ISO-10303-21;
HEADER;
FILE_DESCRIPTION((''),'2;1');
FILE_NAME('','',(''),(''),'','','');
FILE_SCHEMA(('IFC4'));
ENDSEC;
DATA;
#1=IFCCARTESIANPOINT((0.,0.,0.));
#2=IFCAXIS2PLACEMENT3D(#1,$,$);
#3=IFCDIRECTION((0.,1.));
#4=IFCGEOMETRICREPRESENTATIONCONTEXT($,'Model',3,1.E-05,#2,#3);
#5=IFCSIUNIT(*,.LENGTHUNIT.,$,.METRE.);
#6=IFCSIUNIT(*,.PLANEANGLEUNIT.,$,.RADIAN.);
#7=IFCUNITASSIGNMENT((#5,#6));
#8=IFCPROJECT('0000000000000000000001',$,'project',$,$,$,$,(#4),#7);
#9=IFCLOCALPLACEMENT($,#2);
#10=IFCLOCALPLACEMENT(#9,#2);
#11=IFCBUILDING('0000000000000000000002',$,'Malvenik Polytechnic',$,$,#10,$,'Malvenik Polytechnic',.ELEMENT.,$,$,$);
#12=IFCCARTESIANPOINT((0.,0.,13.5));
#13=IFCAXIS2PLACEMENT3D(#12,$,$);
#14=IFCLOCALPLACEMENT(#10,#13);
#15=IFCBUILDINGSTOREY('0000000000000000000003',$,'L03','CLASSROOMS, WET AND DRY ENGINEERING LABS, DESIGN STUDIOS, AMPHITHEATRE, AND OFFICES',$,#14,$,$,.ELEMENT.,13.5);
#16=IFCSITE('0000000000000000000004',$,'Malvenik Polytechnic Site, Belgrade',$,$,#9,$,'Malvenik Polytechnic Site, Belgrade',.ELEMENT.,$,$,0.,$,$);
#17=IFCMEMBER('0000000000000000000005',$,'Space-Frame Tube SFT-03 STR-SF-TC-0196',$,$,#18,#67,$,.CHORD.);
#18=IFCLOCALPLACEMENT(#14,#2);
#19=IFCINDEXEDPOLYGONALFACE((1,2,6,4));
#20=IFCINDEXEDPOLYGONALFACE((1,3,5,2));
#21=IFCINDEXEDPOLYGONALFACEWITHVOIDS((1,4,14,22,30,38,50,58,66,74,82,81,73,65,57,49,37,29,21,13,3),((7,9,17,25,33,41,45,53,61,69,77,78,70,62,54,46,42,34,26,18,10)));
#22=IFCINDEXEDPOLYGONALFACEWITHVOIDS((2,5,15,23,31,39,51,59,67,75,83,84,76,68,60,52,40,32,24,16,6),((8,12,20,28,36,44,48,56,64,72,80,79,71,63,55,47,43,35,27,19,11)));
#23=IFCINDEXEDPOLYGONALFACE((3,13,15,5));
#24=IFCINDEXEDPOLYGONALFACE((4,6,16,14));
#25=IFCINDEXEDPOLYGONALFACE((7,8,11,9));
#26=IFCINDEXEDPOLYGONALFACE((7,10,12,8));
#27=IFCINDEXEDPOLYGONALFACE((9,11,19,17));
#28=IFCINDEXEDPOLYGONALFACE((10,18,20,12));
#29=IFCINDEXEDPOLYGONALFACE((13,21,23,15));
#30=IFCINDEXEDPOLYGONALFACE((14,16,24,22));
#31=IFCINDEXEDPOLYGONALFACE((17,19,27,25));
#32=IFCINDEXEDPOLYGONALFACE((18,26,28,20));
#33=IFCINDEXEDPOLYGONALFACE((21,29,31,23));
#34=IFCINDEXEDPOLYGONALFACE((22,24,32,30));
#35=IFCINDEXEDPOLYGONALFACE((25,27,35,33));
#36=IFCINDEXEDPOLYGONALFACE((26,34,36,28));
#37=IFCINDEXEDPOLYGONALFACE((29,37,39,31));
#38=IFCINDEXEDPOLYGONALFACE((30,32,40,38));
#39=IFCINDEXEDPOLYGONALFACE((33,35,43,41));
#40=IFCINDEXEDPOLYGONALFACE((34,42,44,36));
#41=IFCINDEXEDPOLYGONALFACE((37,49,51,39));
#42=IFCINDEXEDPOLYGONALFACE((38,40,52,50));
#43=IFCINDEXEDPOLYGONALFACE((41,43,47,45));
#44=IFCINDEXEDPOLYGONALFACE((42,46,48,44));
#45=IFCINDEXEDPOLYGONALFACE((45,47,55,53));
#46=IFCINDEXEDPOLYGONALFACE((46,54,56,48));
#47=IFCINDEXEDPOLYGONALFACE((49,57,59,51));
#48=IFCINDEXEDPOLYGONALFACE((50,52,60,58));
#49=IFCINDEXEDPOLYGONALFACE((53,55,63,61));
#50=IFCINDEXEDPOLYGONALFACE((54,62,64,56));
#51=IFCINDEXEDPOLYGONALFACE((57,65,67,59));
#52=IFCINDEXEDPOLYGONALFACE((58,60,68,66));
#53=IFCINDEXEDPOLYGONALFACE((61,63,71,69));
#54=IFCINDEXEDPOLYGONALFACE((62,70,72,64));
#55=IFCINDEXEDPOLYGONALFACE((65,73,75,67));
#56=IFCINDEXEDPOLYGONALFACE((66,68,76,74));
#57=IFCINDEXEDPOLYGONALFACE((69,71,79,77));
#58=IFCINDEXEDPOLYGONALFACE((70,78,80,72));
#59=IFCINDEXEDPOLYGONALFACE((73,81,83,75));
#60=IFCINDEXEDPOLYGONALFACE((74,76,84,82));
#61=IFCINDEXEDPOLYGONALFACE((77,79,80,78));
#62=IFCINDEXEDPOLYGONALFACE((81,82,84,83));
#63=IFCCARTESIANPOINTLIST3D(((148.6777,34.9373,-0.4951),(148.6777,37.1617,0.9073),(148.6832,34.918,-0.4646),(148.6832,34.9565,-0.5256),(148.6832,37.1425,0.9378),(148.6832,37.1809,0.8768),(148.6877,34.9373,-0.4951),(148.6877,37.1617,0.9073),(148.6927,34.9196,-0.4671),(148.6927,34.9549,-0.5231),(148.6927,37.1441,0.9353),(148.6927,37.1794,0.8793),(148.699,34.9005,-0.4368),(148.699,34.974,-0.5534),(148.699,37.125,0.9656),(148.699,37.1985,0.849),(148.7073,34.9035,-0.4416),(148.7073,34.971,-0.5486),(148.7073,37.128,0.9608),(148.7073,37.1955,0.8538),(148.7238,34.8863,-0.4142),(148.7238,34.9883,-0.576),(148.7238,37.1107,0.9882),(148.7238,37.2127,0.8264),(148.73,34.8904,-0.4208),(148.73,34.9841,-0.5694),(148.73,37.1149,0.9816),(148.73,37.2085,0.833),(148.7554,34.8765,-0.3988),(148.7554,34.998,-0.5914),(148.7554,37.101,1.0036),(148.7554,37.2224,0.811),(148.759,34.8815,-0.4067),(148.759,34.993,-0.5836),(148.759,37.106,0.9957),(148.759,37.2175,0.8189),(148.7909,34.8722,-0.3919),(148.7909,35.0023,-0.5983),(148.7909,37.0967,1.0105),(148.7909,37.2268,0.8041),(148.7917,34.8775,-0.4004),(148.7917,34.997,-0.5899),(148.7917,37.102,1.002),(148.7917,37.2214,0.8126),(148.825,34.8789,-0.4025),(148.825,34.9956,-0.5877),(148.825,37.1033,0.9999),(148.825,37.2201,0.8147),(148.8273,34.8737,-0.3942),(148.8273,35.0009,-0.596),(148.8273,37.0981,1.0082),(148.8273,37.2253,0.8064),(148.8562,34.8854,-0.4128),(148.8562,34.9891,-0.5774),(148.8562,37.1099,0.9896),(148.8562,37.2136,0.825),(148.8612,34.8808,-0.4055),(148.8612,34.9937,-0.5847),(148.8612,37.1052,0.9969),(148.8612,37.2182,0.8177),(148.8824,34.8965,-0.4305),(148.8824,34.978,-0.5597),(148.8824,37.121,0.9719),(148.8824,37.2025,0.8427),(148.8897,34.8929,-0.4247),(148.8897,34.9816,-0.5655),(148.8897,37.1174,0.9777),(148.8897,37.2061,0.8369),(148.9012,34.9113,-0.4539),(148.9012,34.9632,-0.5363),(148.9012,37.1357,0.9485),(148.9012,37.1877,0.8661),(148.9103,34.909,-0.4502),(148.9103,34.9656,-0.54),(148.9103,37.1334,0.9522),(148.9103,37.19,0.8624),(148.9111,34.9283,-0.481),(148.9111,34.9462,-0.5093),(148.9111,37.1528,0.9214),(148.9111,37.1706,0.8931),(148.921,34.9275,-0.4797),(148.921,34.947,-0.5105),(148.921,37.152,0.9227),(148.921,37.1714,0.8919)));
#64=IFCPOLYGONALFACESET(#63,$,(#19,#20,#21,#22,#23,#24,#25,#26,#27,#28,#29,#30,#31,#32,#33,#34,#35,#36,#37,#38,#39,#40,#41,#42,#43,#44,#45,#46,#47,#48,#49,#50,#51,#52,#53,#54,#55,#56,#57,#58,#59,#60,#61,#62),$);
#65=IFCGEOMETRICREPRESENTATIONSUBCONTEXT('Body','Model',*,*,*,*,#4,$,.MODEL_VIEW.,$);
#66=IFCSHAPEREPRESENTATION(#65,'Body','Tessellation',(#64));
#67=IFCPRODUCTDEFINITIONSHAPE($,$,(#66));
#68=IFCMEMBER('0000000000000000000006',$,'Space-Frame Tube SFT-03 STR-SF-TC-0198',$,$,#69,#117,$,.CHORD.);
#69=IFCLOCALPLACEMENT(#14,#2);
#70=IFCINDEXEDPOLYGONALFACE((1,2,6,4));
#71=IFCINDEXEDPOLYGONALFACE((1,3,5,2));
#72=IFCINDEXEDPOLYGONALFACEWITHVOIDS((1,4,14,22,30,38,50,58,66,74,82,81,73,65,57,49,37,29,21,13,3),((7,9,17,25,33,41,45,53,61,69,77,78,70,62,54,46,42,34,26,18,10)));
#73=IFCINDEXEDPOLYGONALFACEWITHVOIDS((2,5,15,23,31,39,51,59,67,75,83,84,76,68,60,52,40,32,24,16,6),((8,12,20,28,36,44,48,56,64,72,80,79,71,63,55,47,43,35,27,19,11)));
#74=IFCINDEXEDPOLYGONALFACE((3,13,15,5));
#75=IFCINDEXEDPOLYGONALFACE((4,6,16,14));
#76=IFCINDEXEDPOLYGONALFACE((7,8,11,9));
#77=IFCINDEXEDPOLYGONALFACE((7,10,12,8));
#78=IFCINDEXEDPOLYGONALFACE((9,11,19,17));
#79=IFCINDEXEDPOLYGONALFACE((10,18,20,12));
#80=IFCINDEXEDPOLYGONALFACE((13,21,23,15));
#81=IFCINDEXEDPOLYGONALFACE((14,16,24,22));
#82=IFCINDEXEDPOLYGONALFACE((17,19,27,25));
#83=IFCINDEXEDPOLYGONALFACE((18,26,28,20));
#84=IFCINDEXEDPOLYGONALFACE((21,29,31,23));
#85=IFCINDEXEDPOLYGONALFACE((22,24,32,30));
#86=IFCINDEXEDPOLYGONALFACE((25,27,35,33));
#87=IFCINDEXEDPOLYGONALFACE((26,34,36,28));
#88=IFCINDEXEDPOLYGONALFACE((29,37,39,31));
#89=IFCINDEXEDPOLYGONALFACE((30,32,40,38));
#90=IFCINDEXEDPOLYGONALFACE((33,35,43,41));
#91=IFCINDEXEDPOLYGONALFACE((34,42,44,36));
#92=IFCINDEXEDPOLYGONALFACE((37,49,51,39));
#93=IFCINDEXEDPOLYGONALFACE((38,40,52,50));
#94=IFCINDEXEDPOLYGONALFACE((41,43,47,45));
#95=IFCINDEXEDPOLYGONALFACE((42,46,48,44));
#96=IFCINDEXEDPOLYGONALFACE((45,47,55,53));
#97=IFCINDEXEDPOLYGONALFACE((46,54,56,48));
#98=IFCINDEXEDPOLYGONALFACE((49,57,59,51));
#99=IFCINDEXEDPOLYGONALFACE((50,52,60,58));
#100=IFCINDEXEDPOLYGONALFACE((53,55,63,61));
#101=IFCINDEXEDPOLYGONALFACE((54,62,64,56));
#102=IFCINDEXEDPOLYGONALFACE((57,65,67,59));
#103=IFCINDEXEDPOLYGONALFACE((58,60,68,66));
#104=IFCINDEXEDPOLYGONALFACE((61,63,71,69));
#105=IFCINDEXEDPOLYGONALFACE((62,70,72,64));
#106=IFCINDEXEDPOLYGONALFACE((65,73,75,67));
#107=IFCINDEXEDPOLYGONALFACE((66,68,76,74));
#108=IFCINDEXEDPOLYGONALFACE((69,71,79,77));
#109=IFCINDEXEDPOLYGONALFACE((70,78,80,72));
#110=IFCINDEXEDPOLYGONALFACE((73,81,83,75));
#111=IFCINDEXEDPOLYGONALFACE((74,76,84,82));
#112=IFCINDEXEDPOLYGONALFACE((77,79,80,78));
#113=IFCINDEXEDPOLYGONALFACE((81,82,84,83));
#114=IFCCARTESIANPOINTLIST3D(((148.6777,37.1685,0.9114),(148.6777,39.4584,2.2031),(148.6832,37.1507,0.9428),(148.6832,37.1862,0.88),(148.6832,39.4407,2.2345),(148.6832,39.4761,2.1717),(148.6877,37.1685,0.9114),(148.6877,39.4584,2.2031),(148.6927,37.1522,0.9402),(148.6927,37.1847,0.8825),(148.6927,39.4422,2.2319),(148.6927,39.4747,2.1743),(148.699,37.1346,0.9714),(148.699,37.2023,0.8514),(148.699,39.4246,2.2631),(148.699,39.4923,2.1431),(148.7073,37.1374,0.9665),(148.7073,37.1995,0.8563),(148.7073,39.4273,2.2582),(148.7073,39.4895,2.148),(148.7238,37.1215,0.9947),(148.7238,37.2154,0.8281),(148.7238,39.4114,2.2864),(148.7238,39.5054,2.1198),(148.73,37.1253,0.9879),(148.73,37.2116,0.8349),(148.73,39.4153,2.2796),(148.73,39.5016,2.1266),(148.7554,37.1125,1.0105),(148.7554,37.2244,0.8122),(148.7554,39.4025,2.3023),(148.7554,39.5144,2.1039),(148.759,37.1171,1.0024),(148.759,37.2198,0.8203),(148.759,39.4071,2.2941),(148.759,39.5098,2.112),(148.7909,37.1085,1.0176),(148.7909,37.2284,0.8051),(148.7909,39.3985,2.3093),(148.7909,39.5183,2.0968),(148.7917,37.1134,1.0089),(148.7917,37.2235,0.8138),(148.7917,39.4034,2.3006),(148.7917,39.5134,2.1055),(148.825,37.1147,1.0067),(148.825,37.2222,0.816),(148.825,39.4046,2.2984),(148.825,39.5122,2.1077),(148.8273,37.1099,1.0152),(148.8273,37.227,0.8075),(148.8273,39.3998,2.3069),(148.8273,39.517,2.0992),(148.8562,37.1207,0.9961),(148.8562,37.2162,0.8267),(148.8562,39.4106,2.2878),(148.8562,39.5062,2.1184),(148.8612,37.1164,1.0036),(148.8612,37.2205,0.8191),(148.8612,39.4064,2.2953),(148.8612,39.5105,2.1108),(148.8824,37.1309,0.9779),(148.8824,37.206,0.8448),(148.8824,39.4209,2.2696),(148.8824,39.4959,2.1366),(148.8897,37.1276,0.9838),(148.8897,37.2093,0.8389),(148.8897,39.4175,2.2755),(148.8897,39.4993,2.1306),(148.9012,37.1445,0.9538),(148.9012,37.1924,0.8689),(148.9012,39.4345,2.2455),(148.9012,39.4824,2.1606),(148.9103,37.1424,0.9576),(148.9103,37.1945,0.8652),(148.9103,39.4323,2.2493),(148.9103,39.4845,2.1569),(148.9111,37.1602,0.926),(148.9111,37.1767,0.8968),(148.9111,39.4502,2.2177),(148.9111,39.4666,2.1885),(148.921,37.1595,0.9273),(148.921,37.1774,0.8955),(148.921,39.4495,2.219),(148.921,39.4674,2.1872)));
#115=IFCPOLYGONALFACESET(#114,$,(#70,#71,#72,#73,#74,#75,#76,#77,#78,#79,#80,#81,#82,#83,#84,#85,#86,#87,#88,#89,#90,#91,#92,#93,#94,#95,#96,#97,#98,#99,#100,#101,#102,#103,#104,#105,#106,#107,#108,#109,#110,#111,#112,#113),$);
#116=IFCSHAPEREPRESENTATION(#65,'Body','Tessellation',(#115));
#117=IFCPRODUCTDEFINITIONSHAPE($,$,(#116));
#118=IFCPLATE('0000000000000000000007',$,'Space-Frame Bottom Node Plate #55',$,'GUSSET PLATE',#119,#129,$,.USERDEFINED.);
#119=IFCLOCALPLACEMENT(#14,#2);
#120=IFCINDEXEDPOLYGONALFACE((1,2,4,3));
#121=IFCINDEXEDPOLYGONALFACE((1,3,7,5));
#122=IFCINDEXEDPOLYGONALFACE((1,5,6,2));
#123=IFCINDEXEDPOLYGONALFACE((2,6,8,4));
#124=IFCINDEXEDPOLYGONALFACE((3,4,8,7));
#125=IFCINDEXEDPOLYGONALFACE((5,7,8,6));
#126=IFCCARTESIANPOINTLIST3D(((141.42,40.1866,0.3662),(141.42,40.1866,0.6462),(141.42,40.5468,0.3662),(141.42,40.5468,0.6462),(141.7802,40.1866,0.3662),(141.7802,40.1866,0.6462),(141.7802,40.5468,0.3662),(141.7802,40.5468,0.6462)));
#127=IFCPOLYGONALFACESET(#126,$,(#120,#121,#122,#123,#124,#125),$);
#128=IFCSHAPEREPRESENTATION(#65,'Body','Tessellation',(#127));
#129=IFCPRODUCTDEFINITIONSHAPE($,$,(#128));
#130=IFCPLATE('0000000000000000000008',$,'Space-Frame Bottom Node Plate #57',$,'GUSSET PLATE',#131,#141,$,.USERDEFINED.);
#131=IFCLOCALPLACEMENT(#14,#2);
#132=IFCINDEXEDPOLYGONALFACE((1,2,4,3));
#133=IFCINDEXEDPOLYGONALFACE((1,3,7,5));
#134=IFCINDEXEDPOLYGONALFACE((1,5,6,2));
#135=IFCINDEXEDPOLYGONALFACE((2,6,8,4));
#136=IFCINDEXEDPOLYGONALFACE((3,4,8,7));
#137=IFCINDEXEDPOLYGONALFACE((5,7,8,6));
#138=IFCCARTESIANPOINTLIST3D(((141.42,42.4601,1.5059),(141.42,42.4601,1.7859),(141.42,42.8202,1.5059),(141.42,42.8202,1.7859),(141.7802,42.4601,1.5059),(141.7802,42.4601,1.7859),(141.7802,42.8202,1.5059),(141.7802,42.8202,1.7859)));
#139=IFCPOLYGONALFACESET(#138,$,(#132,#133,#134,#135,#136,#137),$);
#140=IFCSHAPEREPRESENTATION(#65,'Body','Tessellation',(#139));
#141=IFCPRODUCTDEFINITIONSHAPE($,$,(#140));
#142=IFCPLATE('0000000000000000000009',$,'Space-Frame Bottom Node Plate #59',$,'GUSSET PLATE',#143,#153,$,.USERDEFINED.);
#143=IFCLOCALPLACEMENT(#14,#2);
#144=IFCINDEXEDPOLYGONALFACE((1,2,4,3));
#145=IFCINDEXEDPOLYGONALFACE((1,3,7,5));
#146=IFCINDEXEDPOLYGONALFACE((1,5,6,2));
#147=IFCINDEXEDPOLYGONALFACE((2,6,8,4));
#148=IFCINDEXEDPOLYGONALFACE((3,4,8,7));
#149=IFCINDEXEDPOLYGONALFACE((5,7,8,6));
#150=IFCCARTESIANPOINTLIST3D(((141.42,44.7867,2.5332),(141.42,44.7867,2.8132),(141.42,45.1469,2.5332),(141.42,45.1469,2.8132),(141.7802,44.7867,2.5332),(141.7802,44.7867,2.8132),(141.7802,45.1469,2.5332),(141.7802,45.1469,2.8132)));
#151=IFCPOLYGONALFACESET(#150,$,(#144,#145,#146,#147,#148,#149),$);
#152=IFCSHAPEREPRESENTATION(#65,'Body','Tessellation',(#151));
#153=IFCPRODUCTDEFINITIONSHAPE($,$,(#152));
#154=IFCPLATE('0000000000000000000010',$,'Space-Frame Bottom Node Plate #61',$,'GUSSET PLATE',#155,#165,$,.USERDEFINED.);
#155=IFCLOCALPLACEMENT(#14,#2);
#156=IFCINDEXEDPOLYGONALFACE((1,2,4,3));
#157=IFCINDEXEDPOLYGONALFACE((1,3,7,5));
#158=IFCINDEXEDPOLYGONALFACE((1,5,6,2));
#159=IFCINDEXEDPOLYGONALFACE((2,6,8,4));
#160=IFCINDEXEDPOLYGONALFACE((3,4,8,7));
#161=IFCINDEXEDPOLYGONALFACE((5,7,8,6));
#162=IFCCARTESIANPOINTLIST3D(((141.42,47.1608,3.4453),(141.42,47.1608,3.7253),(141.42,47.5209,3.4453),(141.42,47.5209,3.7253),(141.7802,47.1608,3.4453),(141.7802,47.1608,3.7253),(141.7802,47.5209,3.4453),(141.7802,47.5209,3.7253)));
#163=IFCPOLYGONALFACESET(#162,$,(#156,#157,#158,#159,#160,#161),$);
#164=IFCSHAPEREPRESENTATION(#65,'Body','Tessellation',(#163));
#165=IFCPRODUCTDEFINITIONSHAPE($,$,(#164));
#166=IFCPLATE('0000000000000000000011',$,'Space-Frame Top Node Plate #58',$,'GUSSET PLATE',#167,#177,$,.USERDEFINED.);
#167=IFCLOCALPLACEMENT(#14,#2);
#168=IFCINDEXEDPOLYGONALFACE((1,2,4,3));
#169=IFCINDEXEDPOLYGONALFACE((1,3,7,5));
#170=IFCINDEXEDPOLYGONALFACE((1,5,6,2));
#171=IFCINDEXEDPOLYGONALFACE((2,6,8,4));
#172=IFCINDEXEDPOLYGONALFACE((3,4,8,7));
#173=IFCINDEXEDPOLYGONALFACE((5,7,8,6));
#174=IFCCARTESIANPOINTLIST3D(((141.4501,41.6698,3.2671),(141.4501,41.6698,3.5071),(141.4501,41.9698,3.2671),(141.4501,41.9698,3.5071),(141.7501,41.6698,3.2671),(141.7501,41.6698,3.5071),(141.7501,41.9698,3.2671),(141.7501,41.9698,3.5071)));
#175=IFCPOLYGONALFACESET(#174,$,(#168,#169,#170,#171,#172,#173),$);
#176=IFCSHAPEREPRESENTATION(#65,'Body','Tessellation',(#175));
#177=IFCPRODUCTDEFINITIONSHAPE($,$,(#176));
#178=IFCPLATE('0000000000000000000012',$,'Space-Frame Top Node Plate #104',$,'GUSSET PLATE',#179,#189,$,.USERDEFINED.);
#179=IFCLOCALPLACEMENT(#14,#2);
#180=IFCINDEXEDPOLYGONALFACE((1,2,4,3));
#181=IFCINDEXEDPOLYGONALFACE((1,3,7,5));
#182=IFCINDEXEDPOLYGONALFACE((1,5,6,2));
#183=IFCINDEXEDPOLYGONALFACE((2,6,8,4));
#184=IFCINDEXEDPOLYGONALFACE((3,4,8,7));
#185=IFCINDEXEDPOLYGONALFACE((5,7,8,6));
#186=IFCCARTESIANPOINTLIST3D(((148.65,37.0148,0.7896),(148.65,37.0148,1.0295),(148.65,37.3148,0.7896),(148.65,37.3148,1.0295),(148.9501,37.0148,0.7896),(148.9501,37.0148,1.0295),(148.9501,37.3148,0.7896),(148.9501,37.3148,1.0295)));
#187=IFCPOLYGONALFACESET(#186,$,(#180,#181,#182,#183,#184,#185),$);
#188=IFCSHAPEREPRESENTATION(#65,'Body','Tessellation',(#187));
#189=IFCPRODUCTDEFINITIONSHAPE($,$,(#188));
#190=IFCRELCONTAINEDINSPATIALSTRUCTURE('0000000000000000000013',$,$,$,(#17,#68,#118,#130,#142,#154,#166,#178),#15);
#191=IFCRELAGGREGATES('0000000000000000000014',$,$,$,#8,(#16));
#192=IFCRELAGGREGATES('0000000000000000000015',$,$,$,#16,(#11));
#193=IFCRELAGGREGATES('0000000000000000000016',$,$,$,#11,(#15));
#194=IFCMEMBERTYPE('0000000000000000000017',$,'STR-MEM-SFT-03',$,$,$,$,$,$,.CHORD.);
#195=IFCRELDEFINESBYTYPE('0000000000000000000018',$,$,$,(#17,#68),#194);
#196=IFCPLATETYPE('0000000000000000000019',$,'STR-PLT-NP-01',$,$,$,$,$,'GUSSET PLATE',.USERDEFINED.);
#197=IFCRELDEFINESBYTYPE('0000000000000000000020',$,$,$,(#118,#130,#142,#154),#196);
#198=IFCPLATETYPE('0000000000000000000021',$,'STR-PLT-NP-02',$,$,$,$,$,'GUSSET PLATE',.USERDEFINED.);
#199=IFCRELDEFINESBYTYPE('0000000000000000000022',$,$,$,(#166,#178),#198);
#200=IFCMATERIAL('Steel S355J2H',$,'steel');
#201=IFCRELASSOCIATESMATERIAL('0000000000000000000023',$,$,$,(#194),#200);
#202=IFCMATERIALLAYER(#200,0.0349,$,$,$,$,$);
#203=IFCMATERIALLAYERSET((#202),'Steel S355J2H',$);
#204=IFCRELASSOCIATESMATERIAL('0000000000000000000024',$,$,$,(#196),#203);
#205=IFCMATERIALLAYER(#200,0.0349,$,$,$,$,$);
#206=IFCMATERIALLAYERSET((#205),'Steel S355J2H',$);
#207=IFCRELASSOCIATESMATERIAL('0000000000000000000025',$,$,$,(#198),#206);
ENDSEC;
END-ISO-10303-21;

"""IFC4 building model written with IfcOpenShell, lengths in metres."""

from ifc_helpers import new_model, si_unit, direction, frame, origin, origin_2d, place, context, subcontext, project, spatial, rectangle, hollow_circle, extrude, material, layer, layer_set, material_profile, profile_set, type_object, element, save


model = new_model("IFC4")

# Units and contexts
model_context = context("Model", 3, precision=1e-05, world=origin(), true_north=direction((0.0, 1.0)))
body_context = subcontext(model_context, "Body", "Model", "MODEL_VIEW")
ifc_project = project(units=[si_unit("LENGTHUNIT", "METRE"), si_unit("PLANEANGLEUNIT", "RADIAN")], contexts=[model_context])

# Site, building, storey
site_placement = place(None, origin())
site = spatial("IfcSite", under=ifc_project, at=site_placement, Name="Malvenik Polytechnic Site, Belgrade", LongName="Malvenik Polytechnic Site, Belgrade", CompositionType="ELEMENT", RefElevation=0.0)
building_placement = place(site_placement, origin())
building = spatial("IfcBuilding", under=site, at=building_placement, Name="Malvenik Polytechnic", LongName="Malvenik Polytechnic", CompositionType="ELEMENT")
storey_placement = place(building_placement, frame((0.0, 0.0, 13.5)))
storey = spatial("IfcBuildingStorey", under=building, at=storey_placement, Name="L03", Description="CLASSROOMS, WET AND DRY ENGINEERING LABS, DESIGN STUDIOS, AMPHITHEATRE, AND OFFICES", CompositionType="ELEMENT", Elevation=13.5)

# Members
ifc_material_1 = material(Name="Steel S355J2H", Category="steel")
ifc_material_profile_1 = material_profile(ifc_material_1, hollow_circle(Radius=0.1223, WallThickness=0.01, at=origin_2d()), Name="CHS 244.5x10.0")
ifc_profile_set_1 = profile_set([ifc_material_profile_1], Name="Steel S355J2H")
member_type_1 = type_object("IfcMemberType", Name="STR-MEM-SFT-03", PredefinedType="CHORD", material=ifc_profile_set_1)
member_1_placement = place(storey_placement, frame((148.8, 34.9373, -0.4951), z_axis=(0.0, 0.845921, 0.533308), x_axis=(-1.0, 0.0, 0.0)))
element("IfcMember", 1, at=member_1_placement, inside=storey, type_object=member_type_1, Name="Space-Frame Tube SFT-03 STR-SF-TC-0196", PredefinedType="CHORD", context=body_context, shape_type="SweptSolid", body=[
    extrude(hollow_circle(Radius=0.1223, WallThickness=0.01, at=origin_2d()), origin(), (0.0, 0.0, 1.0), 2.6296),
])
member_2_placement = place(storey_placement, frame((148.8, 37.1685, 0.9114), z_axis=(0.0, 0.87099, 0.491301), x_axis=(-1.0, 0.0, 0.0)))
element("IfcMember", 2, at=member_2_placement, inside=storey, type_object=member_type_1, Name="Space-Frame Tube SFT-03 STR-SF-TC-0198", PredefinedType="CHORD", context=body_context, shape_type="SweptSolid", body=[
    extrude(hollow_circle(Radius=0.1223, WallThickness=0.01, at=origin_2d()), origin(), (0.0, 0.0, 1.0), 2.6292),
])

# Plates
ifc_layer_1 = layer(ifc_material_1, 0.0349)
ifc_layer_set_1 = layer_set([ifc_layer_1], Name="Steel S355J2H")
plate_type_1 = type_object("IfcPlateType", Name="STR-PLT-NP-01", ElementType="GUSSET PLATE", PredefinedType="USERDEFINED", material=ifc_layer_set_1)
for number, where, z_axis, x_axis, name in (
    (3, (141.6001, 40.3667, 0.3662), (0.0, 0.0, 1.0), (1.0, 0.0, 0.0), "Space-Frame Bottom Node Plate #55"),
    (4, (141.6001, 42.6401, 1.5059), (0.0, 0.0, 1.0), (1.0, 0.0, 0.0), "Space-Frame Bottom Node Plate #57"),
    (5, (141.6001, 44.9668, 2.5332), (0.0, 0.0, 1.0), (1.0, 0.0, 0.0), "Space-Frame Bottom Node Plate #59"),
    (6, (141.6001, 47.3408, 3.4453), (0.0, 0.0, 1.0), (1.0, 0.0, 0.0), "Space-Frame Bottom Node Plate #61"),
):
    element("IfcPlate", number, at=place(storey_placement, frame(where, z_axis=z_axis, x_axis=x_axis)), inside=storey, type_object=plate_type_1, Name=name, ObjectType="GUSSET PLATE", PredefinedType="USERDEFINED", context=body_context, shape_type="SweptSolid", body=[
        extrude(rectangle(XDim=0.3601, YDim=0.3601, at=origin_2d()), origin(), (0.0, 0.0, 1.0), 0.28),
    ])
ifc_layer_2 = layer(ifc_material_1, 0.0349)
ifc_layer_set_2 = layer_set([ifc_layer_2], Name="Steel S355J2H")
plate_type_2 = type_object("IfcPlateType", Name="STR-PLT-NP-02", ElementType="GUSSET PLATE", PredefinedType="USERDEFINED", material=ifc_layer_set_2)
for number, where, z_axis, x_axis, name in (
    (7, (141.6001, 41.8198, 3.2671), (0.0, 0.0, 1.0), (1.0, 0.0, 0.0), "Space-Frame Top Node Plate #58"),
    (8, (148.8, 37.1648, 0.7896), (0.0, 0.0, 1.0), (1.0, 0.0, 0.0), "Space-Frame Top Node Plate #104"),
):
    element("IfcPlate", number, at=place(storey_placement, frame(where, z_axis=z_axis, x_axis=x_axis)), inside=storey, type_object=plate_type_2, Name=name, ObjectType="GUSSET PLATE", PredefinedType="USERDEFINED", context=body_context, shape_type="SweptSolid", body=[
        extrude(rectangle(XDim=0.3, YDim=0.3, at=origin_2d()), origin(), (0.0, 0.0, 1.0), 0.24),
    ])

save(model, "model.ifc")
